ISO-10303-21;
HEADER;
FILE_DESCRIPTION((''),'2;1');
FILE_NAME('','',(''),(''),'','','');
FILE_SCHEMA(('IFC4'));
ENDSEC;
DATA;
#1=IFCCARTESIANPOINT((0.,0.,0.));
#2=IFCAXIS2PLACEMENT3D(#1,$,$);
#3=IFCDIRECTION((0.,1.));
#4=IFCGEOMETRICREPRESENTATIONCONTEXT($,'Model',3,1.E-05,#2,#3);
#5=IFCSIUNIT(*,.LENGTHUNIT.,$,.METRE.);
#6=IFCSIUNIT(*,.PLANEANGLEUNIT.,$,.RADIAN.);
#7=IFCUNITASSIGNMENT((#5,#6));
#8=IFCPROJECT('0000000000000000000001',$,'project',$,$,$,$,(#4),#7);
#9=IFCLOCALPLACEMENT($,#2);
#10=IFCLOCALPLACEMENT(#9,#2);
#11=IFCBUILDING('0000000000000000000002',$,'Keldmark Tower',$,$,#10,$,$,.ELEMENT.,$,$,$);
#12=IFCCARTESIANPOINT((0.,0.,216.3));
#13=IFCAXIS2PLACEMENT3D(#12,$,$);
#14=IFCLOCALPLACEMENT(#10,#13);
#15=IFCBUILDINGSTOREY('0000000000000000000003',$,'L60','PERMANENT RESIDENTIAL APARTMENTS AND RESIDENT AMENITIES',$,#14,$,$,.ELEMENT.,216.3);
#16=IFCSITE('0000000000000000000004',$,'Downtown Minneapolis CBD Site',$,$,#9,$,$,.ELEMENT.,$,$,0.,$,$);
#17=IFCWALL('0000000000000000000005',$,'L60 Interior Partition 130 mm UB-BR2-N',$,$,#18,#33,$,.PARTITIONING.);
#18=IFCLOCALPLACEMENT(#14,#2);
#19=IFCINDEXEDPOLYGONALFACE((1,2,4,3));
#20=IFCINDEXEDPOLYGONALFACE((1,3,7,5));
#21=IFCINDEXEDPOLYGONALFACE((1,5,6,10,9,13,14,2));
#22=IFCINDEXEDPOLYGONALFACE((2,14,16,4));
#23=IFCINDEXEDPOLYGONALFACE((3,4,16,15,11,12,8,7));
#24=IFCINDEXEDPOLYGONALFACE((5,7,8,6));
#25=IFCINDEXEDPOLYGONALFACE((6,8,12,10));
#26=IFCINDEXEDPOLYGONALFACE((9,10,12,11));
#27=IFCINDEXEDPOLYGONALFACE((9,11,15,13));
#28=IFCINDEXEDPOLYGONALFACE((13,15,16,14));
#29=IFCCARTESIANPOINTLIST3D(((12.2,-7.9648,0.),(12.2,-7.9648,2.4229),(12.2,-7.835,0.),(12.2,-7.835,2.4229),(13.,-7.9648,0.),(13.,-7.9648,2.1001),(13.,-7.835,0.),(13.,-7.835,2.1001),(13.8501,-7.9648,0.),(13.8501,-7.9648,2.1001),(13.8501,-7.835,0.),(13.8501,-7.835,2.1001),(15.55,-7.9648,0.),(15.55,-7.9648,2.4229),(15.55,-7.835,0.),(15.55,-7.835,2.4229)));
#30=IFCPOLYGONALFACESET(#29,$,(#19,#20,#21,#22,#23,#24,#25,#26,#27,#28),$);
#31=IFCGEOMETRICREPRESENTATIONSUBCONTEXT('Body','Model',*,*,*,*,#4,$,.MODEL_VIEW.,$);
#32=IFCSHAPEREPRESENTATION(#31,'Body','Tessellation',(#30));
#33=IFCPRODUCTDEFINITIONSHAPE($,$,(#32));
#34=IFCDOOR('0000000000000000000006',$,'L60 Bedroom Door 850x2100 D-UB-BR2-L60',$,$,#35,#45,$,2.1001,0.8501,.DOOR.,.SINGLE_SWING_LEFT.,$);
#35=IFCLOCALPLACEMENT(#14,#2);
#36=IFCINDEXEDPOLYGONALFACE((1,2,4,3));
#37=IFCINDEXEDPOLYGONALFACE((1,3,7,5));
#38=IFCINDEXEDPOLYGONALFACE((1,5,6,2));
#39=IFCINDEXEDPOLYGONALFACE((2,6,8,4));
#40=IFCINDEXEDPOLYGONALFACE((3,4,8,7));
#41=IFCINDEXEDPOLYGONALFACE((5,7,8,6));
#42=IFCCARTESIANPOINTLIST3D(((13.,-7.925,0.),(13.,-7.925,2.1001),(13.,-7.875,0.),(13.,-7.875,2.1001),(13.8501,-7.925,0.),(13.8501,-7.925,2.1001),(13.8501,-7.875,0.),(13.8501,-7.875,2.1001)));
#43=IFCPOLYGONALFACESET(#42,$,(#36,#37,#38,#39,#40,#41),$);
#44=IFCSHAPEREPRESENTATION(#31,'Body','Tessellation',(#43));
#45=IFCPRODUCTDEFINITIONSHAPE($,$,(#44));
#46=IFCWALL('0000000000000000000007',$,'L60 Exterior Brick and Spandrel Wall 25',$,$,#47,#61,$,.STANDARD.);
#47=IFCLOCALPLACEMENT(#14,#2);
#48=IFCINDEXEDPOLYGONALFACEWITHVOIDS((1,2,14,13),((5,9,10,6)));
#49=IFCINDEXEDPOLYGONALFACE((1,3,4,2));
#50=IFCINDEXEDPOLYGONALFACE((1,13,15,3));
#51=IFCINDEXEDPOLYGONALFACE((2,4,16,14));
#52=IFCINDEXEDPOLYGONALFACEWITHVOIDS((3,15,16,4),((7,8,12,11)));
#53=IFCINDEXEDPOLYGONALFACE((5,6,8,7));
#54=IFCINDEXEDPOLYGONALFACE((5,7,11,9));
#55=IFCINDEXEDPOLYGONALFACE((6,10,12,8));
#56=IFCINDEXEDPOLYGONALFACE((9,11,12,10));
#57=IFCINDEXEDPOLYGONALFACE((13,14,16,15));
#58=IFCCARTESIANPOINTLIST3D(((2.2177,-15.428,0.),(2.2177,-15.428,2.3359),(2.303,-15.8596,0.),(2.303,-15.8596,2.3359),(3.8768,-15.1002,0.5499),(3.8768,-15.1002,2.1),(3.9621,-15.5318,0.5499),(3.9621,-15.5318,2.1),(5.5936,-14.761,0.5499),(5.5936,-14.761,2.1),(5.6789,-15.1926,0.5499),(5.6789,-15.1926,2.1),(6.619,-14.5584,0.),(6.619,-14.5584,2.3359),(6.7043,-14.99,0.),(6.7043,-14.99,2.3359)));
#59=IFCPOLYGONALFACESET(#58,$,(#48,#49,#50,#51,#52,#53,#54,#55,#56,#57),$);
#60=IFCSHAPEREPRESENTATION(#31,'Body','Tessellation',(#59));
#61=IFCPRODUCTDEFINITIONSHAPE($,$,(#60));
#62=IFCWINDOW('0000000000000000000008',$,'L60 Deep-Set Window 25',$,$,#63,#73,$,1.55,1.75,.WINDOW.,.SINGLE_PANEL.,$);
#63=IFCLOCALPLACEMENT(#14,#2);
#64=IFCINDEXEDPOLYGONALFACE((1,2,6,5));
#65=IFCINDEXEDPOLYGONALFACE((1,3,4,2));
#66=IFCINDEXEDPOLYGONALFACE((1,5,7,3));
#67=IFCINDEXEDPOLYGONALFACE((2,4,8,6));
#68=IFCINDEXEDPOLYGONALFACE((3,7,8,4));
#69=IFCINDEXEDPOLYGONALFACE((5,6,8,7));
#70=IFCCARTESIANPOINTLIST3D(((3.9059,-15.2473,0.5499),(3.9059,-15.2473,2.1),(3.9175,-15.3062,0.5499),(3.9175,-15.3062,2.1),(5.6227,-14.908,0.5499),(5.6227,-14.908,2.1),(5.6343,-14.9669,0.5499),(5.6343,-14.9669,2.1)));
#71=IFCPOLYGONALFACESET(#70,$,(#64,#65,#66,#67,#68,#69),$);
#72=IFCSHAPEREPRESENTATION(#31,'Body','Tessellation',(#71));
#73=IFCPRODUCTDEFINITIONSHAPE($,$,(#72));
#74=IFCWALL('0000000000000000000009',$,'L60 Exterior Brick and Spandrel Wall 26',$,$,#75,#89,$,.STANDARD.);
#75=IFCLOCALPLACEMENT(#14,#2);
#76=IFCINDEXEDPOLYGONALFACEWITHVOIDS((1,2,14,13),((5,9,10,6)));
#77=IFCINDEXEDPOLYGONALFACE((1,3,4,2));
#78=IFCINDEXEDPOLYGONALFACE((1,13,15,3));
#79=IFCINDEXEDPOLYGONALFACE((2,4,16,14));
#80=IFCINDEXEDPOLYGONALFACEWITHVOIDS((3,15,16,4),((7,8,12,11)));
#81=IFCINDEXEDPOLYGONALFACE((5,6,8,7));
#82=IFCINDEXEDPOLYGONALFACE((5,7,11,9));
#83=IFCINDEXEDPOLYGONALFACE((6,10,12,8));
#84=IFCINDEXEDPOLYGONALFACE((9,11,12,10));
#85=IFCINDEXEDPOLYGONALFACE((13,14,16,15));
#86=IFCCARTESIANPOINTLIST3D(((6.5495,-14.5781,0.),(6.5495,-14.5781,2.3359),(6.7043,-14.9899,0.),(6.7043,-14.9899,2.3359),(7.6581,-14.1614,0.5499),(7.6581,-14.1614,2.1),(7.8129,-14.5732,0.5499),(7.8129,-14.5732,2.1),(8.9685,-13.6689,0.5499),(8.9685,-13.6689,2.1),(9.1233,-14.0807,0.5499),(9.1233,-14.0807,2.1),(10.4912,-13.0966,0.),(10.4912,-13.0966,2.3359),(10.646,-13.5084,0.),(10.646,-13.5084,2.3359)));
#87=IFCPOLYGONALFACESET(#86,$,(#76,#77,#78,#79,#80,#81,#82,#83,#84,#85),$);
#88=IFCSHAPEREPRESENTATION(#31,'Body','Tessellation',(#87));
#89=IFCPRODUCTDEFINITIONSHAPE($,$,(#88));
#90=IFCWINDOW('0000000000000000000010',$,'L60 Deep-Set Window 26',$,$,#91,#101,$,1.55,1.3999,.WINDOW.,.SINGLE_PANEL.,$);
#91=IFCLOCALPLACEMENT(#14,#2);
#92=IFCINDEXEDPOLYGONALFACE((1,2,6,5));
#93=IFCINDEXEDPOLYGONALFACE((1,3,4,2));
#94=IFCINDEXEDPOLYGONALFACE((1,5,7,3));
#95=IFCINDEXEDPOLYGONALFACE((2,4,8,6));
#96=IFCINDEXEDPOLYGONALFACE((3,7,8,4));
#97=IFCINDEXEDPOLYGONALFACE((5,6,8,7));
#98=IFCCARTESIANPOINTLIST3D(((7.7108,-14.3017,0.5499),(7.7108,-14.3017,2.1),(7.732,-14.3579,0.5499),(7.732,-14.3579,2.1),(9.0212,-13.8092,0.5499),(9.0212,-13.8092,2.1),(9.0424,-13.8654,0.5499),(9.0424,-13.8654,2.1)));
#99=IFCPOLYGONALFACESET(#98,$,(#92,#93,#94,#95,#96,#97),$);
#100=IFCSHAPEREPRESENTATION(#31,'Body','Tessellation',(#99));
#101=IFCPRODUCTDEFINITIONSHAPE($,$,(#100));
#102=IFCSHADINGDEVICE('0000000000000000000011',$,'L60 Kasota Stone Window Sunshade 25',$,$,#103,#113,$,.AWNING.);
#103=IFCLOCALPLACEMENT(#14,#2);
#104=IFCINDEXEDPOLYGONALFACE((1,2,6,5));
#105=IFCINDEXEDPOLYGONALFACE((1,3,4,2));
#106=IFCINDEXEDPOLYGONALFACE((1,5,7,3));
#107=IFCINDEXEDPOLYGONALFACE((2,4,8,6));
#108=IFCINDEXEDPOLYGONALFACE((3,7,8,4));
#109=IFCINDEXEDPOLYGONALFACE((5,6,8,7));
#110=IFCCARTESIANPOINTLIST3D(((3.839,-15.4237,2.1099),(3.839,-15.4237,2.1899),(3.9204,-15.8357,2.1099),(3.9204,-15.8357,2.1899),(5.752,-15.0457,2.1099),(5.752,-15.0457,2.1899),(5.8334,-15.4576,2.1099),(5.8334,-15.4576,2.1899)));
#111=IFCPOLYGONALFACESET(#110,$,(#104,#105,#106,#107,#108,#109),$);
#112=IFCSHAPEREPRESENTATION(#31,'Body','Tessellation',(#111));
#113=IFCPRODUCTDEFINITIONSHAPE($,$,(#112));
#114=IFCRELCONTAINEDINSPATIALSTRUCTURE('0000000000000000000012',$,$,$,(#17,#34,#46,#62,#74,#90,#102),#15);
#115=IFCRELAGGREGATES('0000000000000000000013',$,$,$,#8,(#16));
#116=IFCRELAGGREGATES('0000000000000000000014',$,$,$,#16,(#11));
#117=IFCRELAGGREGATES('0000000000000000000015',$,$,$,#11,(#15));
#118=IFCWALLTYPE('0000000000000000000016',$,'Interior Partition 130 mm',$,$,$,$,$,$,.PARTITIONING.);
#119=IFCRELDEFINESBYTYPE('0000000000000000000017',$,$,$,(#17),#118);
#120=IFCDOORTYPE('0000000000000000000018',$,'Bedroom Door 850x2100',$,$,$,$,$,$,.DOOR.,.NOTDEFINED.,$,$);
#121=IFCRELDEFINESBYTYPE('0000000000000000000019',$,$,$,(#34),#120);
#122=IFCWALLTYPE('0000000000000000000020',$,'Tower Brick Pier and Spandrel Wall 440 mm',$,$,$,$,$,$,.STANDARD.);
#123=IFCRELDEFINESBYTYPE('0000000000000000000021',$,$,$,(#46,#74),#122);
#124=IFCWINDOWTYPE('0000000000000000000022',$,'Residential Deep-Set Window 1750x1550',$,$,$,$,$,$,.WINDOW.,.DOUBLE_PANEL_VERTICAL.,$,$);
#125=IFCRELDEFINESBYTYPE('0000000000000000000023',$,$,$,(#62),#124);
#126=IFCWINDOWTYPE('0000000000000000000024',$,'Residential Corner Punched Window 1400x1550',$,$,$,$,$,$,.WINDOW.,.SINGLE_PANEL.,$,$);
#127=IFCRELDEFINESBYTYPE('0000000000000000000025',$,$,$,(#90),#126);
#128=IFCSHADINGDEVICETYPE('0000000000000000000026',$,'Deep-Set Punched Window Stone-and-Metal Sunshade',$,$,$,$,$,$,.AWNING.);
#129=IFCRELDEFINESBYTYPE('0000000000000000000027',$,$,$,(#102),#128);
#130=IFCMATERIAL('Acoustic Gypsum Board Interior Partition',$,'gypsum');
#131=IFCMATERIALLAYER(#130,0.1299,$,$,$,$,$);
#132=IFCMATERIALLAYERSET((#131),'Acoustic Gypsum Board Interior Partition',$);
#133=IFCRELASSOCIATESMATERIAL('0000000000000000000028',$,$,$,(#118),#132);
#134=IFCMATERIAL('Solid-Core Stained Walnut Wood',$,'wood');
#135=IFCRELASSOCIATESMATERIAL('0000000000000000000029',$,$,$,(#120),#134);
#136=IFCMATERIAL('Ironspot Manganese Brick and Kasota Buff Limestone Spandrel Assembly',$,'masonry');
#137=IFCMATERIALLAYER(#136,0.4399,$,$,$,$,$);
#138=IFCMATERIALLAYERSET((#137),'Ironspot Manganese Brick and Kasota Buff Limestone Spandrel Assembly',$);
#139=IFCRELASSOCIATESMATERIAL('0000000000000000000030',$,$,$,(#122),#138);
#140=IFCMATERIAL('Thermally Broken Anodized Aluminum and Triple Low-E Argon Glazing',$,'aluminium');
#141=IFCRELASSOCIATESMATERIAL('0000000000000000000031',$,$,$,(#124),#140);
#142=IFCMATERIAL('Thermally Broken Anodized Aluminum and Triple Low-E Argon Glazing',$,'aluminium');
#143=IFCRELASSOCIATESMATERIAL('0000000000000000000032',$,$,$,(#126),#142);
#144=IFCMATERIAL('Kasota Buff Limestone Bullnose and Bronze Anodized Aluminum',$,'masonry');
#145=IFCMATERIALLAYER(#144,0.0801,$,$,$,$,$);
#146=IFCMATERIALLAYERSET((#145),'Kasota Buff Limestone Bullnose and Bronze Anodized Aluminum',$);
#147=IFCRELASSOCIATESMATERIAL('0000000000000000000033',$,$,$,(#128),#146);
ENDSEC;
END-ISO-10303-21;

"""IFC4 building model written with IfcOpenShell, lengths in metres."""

from ifc_helpers import new_model, si_unit, direction, frame, frame_2d, origin, origin_2d, place, context, subcontext, project, spatial, rectangle, extrude, material, layer, layer_set, type_object, element, fill, save


model = new_model("IFC4")

# Units and contexts
model_context = context("Model", 3, precision=1e-05, world=origin(), true_north=direction((0.0, 1.0)))
body_context = subcontext(model_context, "Body", "Model", "MODEL_VIEW")
ifc_project = project(units=[si_unit("LENGTHUNIT", "METRE"), si_unit("PLANEANGLEUNIT", "RADIAN")], contexts=[model_context])

# Site, building, storey
site_placement = place(None, origin())
site = spatial("IfcSite", under=ifc_project, at=site_placement, Name="Downtown Minneapolis CBD Site", CompositionType="ELEMENT", RefElevation=0.0)
building_placement = place(site_placement, origin())
building = spatial("IfcBuilding", under=site, at=building_placement, Name="Keldmark Tower", CompositionType="ELEMENT")
storey_placement = place(building_placement, frame((0.0, 0.0, 216.3)))
storey = spatial("IfcBuildingStorey", under=building, at=storey_placement, Name="L60", Description="PERMANENT RESIDENTIAL APARTMENTS AND RESIDENT AMENITIES", CompositionType="ELEMENT", Elevation=216.3)

# Shared definitions
ifc_material_1 = material(Name="Acoustic Gypsum Board Interior Partition", Category="gypsum")
ifc_layer_1 = layer(ifc_material_1, 0.1299)
ifc_layer_set_1 = layer_set([ifc_layer_1], Name="Acoustic Gypsum Board Interior Partition")
wall_type_1 = type_object("IfcWallType", Name="Interior Partition 130 mm", PredefinedType="PARTITIONING", material=ifc_layer_set_1)

# Wall, opening, door
wall_1_placement = place(storey_placement, frame((12.2, -7.8999, 0.0), z_axis=(0.0, 0.0, 1.0), x_axis=(1.0, 0.0, 0.0)))
wall_1 = element("IfcWall", 1, at=wall_1_placement, inside=storey, type_object=wall_type_1, Name="L60 Interior Partition 130 mm UB-BR2-N", PredefinedType="PARTITIONING", context=body_context, shape_type="SweptSolid", body=[
    extrude(rectangle(XDim=3.3501, YDim=0.1299, at=frame_2d((1.675, 0.0))), origin(), (0.0, 0.0, 1.0), 2.4229),
])
opening_1_placement = place(wall_1_placement, frame((0.8, 0.0, 0.0)))
opening_1 = element("IfcOpeningElement", 2, at=opening_1_placement, cuts=wall_1, PredefinedType="OPENING", context=body_context, shape_type="SweptSolid", body=[
    extrude(rectangle(XDim=0.8501, YDim=2.1001, at=frame_2d((0.425, 1.05))), frame((0.0, 0.075, 0.0), z_axis=(0.0, -1.0, 0.0), x_axis=(1.0, 0.0, 0.0)), (0.0, 0.0, 1.0), 0.1499),
])
ifc_material_2 = material(Name="Solid-Core Stained Walnut Wood", Category="wood")
door_type = type_object("IfcDoorType", Name="Bedroom Door 850x2100", OperationType="NOTDEFINED", PredefinedType="DOOR", material=ifc_material_2)
door_placement = place(opening_1_placement, origin())
door = element("IfcDoor", 3, at=door_placement, inside=storey, type_object=door_type, Name="L60 Bedroom Door 850x2100 D-UB-BR2-L60", OperationType="SINGLE_SWING_LEFT", OverallHeight=2.1001, OverallWidth=0.8501, PredefinedType="DOOR", context=body_context, shape_type="SweptSolid", body=[
    extrude(rectangle(XDim=0.8501, YDim=2.1001, at=frame_2d((0.425, 1.05))), frame((0.0, 0.0249, 0.0), z_axis=(0.0, -1.0, 0.0), x_axis=(1.0, 0.0, 0.0)), (0.0, 0.0, 1.0), 0.05),
])
fill(opening_1, door)

# Walls, openings, windows
ifc_material_3 = material(Name="Ironspot Manganese Brick and Kasota Buff Limestone Spandrel Assembly", Category="masonry")
ifc_layer_2 = layer(ifc_material_3, 0.4399)
ifc_layer_set_2 = layer_set([ifc_layer_2], Name="Ironspot Manganese Brick and Kasota Buff Limestone Spandrel Assembly")
wall_type_2 = type_object("IfcWallType", Name="Tower Brick Pier and Spandrel Wall 440 mm", PredefinedType="STANDARD", material=ifc_layer_set_2)
wall_2_placement = place(storey_placement, frame((6.6616, -14.7742, 0.0), z_axis=(0.0, 0.0, 1.0), x_axis=(-0.981032, -0.193845, 0.0)))
wall_2 = element("IfcWall", 4, at=wall_2_placement, inside=storey, type_object=wall_type_2, Name="L60 Exterior Brick and Spandrel Wall 25", PredefinedType="STANDARD", context=body_context, shape_type="SweptSolid", body=[
    extrude(rectangle(XDim=4.4863, YDim=0.4399, at=frame_2d((2.2432, 0.0))), origin(), (0.0, 0.0, 1.0), 2.3359),
])
opening_2_placement = place(wall_2_placement, frame((1.0452, 0.0, 0.55)))
opening_2 = element("IfcOpeningElement", 5, at=opening_2_placement, cuts=wall_2, PredefinedType="OPENING", context=body_context, shape_type="SweptSolid", body=[
    extrude(rectangle(XDim=1.75, YDim=1.55, at=frame_2d((0.875, 0.7749))), frame((0.0, 0.23, 0.0), z_axis=(0.0, -1.0, 0.0), x_axis=(1.0, 0.0, 0.0)), (0.0, 0.0, 1.0), 0.46),
])
ifc_material_4 = material(Name="Thermally Broken Anodized Aluminum and Triple Low-E Argon Glazing", Category="aluminium")
window_type_1 = type_object("IfcWindowType", Name="Residential Deep-Set Window 1750x1550", PartitioningType="DOUBLE_PANEL_VERTICAL", PredefinedType="WINDOW", material=ifc_material_4)
window_1_placement = place(opening_2_placement, origin())
window_1 = element("IfcWindow", 6, at=window_1_placement, inside=storey, type_object=window_type_1, Name="L60 Deep-Set Window 25", OverallHeight=1.55, OverallWidth=1.75, PartitioningType="SINGLE_PANEL", PredefinedType="WINDOW", context=body_context, shape_type="SweptSolid", body=[
    extrude(rectangle(XDim=1.75, YDim=1.55, at=frame_2d((0.875, 0.7749))), frame((0.0, -0.01, 0.0), z_axis=(0.0, -1.0, 0.0), x_axis=(1.0, 0.0, 0.0)), (0.0, 0.0, 1.0), 0.0601),
])
fill(opening_2, window_1)
wall_3_placement = place(storey_placement, frame((10.5686, -13.3025, 0.0), z_axis=(0.0, 0.0, 1.0), x_axis=(-0.936069, -0.351816, 0.0)))
wall_3 = element("IfcWall", 7, at=wall_3_placement, inside=storey, type_object=wall_type_2, Name="L60 Exterior Brick and Spandrel Wall 26", PredefinedType="STANDARD", context=body_context, shape_type="SweptSolid", body=[
    extrude(rectangle(XDim=4.2109, YDim=0.4399, at=frame_2d((2.1055, 0.0))), origin(), (0.0, 0.0, 1.0), 2.3359),
])
opening_3_placement = place(wall_3_placement, frame((1.6267, 0.0, 0.55)))
opening_3 = element("IfcOpeningElement", 8, at=opening_3_placement, cuts=wall_3, PredefinedType="OPENING", context=body_context, shape_type="SweptSolid", body=[
    extrude(rectangle(XDim=1.3999, YDim=1.55, at=frame_2d((0.7, 0.7749))), frame((0.0, 0.23, 0.0), z_axis=(0.0, -1.0, 0.0), x_axis=(1.0, 0.0, 0.0)), (0.0, 0.0, 1.0), 0.46),
])
ifc_material_5 = material(Name="Thermally Broken Anodized Aluminum and Triple Low-E Argon Glazing", Category="aluminium")
window_type_2 = type_object("IfcWindowType", Name="Residential Corner Punched Window 1400x1550", PartitioningType="SINGLE_PANEL", PredefinedType="WINDOW", material=ifc_material_5)
window_2_placement = place(opening_3_placement, origin())
window_2 = element("IfcWindow", 9, at=window_2_placement, inside=storey, type_object=window_type_2, Name="L60 Deep-Set Window 26", OverallHeight=1.55, OverallWidth=1.3999, PartitioningType="SINGLE_PANEL", PredefinedType="WINDOW", context=body_context, shape_type="SweptSolid", body=[
    extrude(rectangle(XDim=1.3999, YDim=1.55, at=frame_2d((0.7, 0.7749))), frame((0.0, -0.01, 0.0), z_axis=(0.0, -1.0, 0.0), x_axis=(1.0, 0.0, 0.0)), (0.0, 0.0, 1.0), 0.0601),
])
fill(opening_3, window_2)

# Shading device
ifc_material_6 = material(Name="Kasota Buff Limestone Bullnose and Bronze Anodized Aluminum", Category="masonry")
ifc_layer_3 = layer(ifc_material_6, 0.0801)
ifc_layer_set_3 = layer_set([ifc_layer_3], Name="Kasota Buff Limestone Bullnose and Bronze Anodized Aluminum")
shading_device_type = type_object("IfcShadingDeviceType", Name="Deep-Set Punched Window Stone-and-Metal Sunshade", PredefinedType="AWNING", material=ifc_layer_set_3)
shading_device_placement = place(storey_placement, frame((4.8362, -15.4407, 2.1099), z_axis=(0.0, 0.0, 1.0), x_axis=(-0.981026, -0.193875, 0.0)))
element("IfcShadingDevice", 10, at=shading_device_placement, inside=storey, type_object=shading_device_type, Name="L60 Kasota Stone Window Sunshade 25", PredefinedType="AWNING", context=body_context, shape_type="SweptSolid", body=[
    extrude(rectangle(XDim=1.95, YDim=0.4199, at=origin_2d()), origin(), (0.0, 0.0, 1.0), 0.0801),
])

save(model, "model.ifc")
